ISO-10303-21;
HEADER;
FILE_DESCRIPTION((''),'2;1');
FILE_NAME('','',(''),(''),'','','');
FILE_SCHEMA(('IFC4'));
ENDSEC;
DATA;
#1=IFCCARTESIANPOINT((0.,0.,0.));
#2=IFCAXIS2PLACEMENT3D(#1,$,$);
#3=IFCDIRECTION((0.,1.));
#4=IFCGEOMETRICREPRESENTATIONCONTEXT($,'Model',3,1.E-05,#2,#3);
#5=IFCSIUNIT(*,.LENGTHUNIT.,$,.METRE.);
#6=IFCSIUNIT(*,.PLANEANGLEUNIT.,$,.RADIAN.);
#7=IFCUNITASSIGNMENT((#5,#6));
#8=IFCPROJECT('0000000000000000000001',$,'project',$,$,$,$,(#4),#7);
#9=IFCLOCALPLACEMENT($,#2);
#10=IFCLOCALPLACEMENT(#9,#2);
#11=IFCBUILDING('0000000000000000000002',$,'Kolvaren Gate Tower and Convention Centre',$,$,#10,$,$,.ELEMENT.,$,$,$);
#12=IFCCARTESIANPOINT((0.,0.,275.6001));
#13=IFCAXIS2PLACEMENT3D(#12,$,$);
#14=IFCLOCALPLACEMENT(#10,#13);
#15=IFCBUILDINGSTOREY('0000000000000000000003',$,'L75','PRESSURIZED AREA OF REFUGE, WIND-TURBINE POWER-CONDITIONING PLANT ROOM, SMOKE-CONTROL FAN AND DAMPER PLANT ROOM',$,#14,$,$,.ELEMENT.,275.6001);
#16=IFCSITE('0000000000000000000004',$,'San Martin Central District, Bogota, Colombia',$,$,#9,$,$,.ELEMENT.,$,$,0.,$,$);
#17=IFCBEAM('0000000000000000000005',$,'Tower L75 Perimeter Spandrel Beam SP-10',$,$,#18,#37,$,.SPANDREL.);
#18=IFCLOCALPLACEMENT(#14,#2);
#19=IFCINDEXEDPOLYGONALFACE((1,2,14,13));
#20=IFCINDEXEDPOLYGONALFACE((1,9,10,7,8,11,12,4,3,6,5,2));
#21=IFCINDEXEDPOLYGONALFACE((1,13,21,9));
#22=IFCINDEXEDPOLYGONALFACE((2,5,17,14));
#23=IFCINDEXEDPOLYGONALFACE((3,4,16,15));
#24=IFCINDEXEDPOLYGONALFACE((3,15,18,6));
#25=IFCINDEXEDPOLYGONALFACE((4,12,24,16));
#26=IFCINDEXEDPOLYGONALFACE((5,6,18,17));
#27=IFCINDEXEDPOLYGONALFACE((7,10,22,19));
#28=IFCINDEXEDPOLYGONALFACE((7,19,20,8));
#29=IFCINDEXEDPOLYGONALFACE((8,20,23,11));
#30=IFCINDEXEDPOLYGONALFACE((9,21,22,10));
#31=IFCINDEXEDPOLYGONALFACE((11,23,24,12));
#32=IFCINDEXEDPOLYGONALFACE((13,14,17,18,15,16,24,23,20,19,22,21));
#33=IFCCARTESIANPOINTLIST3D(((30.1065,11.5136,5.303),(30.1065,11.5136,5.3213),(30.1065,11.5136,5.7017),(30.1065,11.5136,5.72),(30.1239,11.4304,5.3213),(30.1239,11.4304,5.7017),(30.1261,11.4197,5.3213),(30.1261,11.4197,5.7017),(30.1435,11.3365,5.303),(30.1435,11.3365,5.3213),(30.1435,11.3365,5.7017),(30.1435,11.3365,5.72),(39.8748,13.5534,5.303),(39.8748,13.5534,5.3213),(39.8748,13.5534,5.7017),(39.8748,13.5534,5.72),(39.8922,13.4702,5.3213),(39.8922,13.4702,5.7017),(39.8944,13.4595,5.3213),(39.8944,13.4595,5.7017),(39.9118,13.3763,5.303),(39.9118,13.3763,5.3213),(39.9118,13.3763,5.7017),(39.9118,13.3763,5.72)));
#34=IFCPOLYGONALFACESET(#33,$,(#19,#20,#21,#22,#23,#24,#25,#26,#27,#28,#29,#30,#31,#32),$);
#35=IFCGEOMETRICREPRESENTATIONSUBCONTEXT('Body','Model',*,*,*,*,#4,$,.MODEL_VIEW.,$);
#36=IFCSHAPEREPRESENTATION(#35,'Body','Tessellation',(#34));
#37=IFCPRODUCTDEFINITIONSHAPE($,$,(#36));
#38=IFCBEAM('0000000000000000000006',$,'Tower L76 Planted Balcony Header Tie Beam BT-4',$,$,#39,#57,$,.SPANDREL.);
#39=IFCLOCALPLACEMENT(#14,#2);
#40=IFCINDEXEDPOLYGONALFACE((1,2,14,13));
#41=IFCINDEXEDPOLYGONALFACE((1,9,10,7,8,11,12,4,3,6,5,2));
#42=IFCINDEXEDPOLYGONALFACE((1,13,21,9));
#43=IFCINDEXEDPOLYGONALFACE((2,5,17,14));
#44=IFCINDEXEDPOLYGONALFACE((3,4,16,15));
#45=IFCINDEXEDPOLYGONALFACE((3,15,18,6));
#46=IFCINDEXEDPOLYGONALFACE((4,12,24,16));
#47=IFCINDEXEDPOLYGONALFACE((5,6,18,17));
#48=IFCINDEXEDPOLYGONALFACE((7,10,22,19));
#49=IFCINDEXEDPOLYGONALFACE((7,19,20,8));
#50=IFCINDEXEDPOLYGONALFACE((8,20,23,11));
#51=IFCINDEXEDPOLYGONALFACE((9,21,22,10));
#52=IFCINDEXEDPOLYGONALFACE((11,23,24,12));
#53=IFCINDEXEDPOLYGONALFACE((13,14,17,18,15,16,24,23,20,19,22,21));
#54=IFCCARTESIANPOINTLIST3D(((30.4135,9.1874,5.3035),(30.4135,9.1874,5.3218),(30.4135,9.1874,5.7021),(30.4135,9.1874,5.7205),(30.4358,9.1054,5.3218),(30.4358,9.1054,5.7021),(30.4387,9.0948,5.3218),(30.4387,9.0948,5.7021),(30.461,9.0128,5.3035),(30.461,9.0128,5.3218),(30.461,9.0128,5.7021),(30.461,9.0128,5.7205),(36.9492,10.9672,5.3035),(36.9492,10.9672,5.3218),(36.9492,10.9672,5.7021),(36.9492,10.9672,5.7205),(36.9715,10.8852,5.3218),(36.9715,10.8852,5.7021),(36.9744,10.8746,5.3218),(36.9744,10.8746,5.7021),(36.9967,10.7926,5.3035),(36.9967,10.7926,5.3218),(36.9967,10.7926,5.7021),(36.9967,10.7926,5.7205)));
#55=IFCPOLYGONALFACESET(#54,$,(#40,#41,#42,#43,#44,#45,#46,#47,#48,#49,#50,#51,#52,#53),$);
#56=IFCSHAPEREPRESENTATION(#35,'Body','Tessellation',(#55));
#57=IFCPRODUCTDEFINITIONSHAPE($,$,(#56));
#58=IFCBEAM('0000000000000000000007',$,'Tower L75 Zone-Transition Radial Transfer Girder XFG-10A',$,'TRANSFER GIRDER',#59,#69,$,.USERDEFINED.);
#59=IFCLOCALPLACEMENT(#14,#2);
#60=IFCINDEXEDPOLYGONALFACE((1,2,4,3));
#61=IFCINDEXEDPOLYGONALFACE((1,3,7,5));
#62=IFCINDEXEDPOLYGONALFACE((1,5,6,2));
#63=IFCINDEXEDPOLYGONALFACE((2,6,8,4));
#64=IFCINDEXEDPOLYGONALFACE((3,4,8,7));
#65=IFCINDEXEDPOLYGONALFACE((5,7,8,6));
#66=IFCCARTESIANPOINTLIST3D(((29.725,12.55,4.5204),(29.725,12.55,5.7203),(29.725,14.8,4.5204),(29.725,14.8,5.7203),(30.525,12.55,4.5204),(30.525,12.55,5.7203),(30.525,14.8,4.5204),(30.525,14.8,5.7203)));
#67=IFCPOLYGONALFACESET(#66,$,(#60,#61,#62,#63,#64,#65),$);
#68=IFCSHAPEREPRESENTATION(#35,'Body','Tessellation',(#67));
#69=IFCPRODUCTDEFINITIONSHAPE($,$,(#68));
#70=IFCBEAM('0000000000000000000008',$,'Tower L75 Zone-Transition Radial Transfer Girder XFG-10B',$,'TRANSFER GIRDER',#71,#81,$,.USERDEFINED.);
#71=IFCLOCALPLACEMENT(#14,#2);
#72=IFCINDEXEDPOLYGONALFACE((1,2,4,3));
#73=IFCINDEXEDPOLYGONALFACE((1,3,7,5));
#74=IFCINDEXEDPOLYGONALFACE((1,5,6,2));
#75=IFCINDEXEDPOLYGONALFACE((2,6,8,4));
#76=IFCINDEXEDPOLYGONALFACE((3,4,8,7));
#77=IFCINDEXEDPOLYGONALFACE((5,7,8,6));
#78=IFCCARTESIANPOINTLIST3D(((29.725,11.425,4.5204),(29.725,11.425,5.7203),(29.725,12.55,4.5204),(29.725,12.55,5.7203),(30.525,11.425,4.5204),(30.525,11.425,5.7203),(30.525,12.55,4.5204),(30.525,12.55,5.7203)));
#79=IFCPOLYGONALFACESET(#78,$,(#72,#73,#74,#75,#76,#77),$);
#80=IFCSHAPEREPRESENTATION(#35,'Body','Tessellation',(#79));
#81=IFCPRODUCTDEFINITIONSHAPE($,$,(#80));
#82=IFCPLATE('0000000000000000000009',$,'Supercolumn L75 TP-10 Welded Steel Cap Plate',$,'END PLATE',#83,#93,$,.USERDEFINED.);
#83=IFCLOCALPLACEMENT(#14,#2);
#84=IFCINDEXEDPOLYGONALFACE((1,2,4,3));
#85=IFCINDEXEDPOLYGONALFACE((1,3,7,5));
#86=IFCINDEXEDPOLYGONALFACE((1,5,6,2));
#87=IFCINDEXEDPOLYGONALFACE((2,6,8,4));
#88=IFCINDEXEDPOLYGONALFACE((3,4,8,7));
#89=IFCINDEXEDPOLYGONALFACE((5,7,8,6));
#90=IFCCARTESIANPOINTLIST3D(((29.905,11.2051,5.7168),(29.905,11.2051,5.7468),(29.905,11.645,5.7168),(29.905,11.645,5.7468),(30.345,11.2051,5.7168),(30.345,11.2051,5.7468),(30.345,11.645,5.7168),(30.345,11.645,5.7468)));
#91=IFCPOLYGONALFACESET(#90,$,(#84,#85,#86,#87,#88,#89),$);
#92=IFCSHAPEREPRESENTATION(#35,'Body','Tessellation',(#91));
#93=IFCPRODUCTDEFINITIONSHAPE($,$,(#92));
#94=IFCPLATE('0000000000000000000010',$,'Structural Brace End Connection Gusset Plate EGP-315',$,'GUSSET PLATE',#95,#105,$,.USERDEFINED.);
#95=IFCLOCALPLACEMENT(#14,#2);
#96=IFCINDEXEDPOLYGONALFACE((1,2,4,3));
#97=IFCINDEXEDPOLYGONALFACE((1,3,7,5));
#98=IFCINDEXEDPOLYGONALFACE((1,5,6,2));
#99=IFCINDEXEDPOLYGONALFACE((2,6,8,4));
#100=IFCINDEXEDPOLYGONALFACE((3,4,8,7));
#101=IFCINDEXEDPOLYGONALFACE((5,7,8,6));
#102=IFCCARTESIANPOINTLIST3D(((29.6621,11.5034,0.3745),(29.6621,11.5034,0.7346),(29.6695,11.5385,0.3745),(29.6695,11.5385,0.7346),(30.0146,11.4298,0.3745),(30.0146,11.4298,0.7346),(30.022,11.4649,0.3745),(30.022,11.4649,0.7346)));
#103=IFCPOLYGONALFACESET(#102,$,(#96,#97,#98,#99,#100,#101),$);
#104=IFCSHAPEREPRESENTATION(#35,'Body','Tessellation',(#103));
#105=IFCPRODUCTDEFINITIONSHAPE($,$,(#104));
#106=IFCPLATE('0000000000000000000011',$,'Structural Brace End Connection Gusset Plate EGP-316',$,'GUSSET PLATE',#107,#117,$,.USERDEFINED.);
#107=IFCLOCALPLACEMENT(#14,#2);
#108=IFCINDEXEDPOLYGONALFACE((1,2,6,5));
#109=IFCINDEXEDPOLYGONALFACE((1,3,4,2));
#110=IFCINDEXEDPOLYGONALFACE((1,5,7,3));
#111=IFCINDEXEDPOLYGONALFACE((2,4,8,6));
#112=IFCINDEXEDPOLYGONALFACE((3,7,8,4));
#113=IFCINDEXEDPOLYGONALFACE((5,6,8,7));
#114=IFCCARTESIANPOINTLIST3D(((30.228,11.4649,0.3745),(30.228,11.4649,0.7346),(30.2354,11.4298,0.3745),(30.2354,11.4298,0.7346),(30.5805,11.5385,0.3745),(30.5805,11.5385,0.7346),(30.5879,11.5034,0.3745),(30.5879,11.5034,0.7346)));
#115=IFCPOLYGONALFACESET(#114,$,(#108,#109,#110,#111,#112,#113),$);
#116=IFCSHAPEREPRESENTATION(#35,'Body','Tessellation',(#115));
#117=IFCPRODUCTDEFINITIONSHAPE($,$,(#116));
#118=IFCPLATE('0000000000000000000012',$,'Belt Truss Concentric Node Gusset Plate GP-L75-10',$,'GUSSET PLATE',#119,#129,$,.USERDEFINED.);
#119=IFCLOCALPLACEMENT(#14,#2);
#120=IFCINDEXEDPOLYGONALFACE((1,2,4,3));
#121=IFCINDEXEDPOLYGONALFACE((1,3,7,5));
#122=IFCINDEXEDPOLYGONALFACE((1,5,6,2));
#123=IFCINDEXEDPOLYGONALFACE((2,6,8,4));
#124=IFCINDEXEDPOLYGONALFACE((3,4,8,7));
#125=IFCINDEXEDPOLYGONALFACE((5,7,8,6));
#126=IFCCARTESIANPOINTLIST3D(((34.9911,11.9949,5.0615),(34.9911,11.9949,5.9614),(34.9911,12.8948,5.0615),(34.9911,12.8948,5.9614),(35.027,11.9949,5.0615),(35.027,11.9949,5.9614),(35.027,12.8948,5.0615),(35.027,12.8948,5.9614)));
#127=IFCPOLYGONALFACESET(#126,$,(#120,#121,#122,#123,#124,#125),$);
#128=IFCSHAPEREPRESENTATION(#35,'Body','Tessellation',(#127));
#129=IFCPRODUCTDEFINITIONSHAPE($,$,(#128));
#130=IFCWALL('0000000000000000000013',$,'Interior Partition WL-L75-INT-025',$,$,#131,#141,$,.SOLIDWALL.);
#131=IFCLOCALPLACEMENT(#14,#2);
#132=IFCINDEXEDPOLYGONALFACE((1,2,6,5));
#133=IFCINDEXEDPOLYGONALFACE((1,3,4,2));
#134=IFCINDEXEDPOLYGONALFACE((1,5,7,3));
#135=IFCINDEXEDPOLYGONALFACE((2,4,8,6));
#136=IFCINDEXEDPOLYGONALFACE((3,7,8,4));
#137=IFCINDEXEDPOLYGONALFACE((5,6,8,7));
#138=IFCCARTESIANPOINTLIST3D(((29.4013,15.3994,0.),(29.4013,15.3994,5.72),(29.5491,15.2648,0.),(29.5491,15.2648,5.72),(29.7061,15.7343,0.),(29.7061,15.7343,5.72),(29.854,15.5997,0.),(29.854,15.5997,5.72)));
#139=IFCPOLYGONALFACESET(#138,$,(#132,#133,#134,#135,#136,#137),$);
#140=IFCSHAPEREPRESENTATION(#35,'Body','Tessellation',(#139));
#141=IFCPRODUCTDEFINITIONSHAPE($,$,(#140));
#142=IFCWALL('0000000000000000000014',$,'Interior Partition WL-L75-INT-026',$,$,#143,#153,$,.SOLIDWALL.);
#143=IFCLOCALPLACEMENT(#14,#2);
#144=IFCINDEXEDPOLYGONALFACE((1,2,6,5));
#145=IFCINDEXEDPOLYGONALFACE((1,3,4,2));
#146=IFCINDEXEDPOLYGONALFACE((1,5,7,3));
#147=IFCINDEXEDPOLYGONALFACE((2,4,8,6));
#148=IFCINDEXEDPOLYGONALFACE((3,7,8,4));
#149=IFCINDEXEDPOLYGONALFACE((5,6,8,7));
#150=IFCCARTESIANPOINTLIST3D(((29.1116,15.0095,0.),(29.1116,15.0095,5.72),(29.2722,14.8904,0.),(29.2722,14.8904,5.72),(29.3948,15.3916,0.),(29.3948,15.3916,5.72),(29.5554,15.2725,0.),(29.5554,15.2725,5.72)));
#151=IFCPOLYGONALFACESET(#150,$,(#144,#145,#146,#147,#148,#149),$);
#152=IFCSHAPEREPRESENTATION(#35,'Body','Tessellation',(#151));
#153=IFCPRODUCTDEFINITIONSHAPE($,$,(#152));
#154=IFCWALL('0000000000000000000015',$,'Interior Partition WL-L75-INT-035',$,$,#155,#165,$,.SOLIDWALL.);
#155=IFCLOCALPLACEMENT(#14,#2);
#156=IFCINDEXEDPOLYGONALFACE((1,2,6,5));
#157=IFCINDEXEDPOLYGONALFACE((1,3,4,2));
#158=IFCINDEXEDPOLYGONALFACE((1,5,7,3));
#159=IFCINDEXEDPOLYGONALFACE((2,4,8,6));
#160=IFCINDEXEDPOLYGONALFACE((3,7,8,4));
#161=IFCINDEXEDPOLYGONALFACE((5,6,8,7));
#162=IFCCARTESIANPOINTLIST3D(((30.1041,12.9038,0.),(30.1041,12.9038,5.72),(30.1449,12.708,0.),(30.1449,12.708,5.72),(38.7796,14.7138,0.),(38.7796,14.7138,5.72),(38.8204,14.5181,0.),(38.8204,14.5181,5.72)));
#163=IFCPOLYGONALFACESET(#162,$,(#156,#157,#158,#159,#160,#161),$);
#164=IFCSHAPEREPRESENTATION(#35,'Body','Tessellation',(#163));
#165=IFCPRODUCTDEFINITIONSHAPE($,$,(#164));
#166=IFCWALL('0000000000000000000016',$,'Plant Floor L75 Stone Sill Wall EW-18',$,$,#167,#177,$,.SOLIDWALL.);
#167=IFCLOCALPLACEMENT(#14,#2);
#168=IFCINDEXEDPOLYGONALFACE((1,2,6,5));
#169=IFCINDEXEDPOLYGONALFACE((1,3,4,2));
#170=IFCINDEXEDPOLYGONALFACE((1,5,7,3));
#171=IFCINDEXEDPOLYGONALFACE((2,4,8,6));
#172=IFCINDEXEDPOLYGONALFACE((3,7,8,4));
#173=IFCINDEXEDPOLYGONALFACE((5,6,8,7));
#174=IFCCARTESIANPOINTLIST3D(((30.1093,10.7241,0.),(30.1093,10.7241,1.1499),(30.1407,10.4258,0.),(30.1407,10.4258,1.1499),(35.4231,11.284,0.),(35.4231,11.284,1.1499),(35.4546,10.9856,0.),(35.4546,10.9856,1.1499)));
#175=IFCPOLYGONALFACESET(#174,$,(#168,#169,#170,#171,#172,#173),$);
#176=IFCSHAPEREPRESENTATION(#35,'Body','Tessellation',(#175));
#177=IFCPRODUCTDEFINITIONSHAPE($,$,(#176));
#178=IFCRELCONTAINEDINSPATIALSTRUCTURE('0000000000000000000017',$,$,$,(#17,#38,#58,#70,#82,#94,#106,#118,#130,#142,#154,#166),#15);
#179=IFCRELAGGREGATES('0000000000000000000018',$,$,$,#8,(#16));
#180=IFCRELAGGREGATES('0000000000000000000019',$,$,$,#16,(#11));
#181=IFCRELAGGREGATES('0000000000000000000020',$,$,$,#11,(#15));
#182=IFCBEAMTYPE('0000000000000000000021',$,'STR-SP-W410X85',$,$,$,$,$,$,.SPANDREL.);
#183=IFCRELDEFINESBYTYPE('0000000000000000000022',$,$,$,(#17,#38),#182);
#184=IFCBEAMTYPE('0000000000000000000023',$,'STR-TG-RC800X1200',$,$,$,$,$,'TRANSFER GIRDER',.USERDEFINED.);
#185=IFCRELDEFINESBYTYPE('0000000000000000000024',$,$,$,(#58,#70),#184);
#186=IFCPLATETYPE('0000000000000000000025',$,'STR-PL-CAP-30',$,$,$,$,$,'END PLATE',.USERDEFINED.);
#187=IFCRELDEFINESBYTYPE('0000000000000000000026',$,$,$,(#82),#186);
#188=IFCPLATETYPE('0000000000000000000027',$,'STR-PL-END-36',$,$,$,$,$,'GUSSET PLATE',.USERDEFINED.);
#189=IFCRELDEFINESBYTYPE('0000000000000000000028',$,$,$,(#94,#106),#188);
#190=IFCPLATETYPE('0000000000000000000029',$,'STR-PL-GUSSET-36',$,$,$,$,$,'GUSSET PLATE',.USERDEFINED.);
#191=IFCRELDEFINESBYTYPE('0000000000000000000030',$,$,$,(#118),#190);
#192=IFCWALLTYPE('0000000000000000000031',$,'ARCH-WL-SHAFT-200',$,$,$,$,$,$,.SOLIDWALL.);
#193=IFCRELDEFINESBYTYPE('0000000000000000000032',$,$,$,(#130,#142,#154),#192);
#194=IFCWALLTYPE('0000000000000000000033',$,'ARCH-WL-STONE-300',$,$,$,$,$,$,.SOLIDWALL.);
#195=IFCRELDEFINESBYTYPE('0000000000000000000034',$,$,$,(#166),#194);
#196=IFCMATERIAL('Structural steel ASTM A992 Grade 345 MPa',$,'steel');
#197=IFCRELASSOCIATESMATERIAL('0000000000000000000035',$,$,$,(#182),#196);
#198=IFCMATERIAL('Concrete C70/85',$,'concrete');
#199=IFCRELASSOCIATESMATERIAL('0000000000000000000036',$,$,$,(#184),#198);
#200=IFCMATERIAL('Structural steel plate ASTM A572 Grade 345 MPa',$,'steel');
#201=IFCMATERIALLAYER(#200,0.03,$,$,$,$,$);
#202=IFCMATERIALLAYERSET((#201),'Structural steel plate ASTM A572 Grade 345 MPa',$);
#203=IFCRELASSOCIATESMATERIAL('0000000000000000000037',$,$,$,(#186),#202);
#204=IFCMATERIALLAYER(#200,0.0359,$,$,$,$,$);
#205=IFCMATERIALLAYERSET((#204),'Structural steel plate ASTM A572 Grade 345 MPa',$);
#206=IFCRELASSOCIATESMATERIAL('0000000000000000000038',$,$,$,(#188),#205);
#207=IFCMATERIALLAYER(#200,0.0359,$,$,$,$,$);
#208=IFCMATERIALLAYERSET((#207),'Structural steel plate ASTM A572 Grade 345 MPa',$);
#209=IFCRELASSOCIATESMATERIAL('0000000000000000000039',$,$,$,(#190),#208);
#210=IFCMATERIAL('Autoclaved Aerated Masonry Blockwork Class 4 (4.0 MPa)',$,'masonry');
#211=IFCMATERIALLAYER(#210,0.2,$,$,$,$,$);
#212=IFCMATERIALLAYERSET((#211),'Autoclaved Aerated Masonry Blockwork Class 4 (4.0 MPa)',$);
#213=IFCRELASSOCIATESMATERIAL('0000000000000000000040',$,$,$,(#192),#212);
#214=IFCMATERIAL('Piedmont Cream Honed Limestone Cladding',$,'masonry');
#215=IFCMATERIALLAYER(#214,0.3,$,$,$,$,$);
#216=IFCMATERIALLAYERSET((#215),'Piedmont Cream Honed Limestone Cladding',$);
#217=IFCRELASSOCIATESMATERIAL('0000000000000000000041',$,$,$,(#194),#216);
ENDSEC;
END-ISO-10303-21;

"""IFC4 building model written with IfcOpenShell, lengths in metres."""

from ifc_helpers import new_model, si_unit, direction, frame, frame_2d, origin, origin_2d, place, context, subcontext, project, spatial, rectangle, i_section, extrude, material, layer, layer_set, material_profile, profile_set, type_object, element, save


model = new_model("IFC4")

# Units and contexts
model_context = context("Model", 3, precision=1e-05, world=origin(), true_north=direction((0.0, 1.0)))
body_context = subcontext(model_context, "Body", "Model", "MODEL_VIEW")
ifc_project = project(units=[si_unit("LENGTHUNIT", "METRE"), si_unit("PLANEANGLEUNIT", "RADIAN")], contexts=[model_context])

# Site, building, storey
site_placement = place(None, origin())
site = spatial("IfcSite", under=ifc_project, at=site_placement, Name="San Martin Central District, Bogota, Colombia", CompositionType="ELEMENT", RefElevation=0.0)
building_placement = place(site_placement, origin())
building = spatial("IfcBuilding", under=site, at=building_placement, Name="Kolvaren Gate Tower and Convention Centre", CompositionType="ELEMENT")
storey_placement = place(building_placement, frame((0.0, 0.0, 275.6001)))
storey = spatial("IfcBuildingStorey", under=building, at=storey_placement, Name="L75", Description="PRESSURIZED AREA OF REFUGE, WIND-TURBINE POWER-CONDITIONING PLANT ROOM, SMOKE-CONTROL FAN AND DAMPER PLANT ROOM", CompositionType="ELEMENT", Elevation=275.6001)

# Shared definitions
ifc_material_1 = material(Name="Structural steel ASTM A992 Grade 345 MPa", Category="steel")

# Beams
ifc_material_profile_1 = material_profile(ifc_material_1, i_section(OverallWidth=0.1809, OverallDepth=0.417, WebThickness=0.011, FlangeThickness=0.0183, at=origin_2d()), Name="W410X85")
ifc_profile_set_1 = profile_set([ifc_material_profile_1], Name="Structural steel ASTM A992 Grade 345 MPa")
beam_type_1 = type_object("IfcBeamType", Name="STR-SP-W410X85", PredefinedType="SPANDREL", material=ifc_profile_set_1)
beam_1_placement = place(storey_placement, frame((30.125, 11.425, 5.5115), z_axis=(0.978886, 0.204409, 0.0), x_axis=(-0.204409, 0.978886, 0.0)))
element("IfcBeam", 1, at=beam_1_placement, inside=storey, type_object=beam_type_1, Name="Tower L75 Perimeter Spandrel Beam SP-10", PredefinedType="SPANDREL", context=body_context, shape_type="SweptSolid", body=[
    extrude(i_section(OverallWidth=0.1809, OverallDepth=0.417, WebThickness=0.011, FlangeThickness=0.0183, at=origin_2d()), origin(), (0.0, 0.0, 1.0), 9.979),
])
beam_2_placement = place(storey_placement, frame((30.4373, 9.1001, 5.512), z_axis=(0.964864, 0.262751, 0.0), x_axis=(-0.262751, 0.964864, 0.0)))
element("IfcBeam", 2, at=beam_2_placement, inside=storey, type_object=beam_type_1, Name="Tower L76 Planted Balcony Header Tie Beam BT-4", PredefinedType="SPANDREL", context=body_context, shape_type="SweptSolid", body=[
    extrude(i_section(OverallWidth=0.1809, OverallDepth=0.417, WebThickness=0.011, FlangeThickness=0.0183, at=origin_2d()), origin(), (0.0, 0.0, 1.0), 6.7737),
])
ifc_material_2 = material(Name="Concrete C70/85", Category="concrete")
ifc_material_profile_2 = material_profile(ifc_material_2, rectangle(XDim=0.8, YDim=1.2, at=origin_2d()), Name="RC-BM-800X1200")
ifc_profile_set_2 = profile_set([ifc_material_profile_2], Name="Concrete C70/85")
beam_type_2 = type_object("IfcBeamType", Name="STR-TG-RC800X1200", ElementType="TRANSFER GIRDER", PredefinedType="USERDEFINED", material=ifc_profile_set_2)
beam_3_placement = place(storey_placement, frame((30.125, 14.8, 5.1204), z_axis=(0.0, -1.0, 0.0), x_axis=(1.0, 0.0, 0.0)))
element("IfcBeam", 3, at=beam_3_placement, inside=storey, type_object=beam_type_2, Name="Tower L75 Zone-Transition Radial Transfer Girder XFG-10A", ObjectType="TRANSFER GIRDER", PredefinedType="USERDEFINED", context=body_context, shape_type="SweptSolid", body=[
    extrude(rectangle(XDim=0.8, YDim=1.2, at=origin_2d()), origin(), (0.0, 0.0, 1.0), 2.25),
])
beam_4_placement = place(storey_placement, frame((30.125, 12.55, 5.1204), z_axis=(0.0, -1.0, 0.0), x_axis=(1.0, 0.0, 0.0)))
element("IfcBeam", 4, at=beam_4_placement, inside=storey, type_object=beam_type_2, Name="Tower L75 Zone-Transition Radial Transfer Girder XFG-10B", ObjectType="TRANSFER GIRDER", PredefinedType="USERDEFINED", context=body_context, shape_type="SweptSolid", body=[
    extrude(rectangle(XDim=0.8, YDim=1.2, at=origin_2d()), origin(), (0.0, 0.0, 1.0), 1.125),
])

# Plates
ifc_material_3 = material(Name="Structural steel plate ASTM A572 Grade 345 MPa", Category="steel")
ifc_layer_1 = layer(ifc_material_3, 0.03)
ifc_layer_set_1 = layer_set([ifc_layer_1], Name="Structural steel plate ASTM A572 Grade 345 MPa")
plate_type_1 = type_object("IfcPlateType", Name="STR-PL-CAP-30", ElementType="END PLATE", PredefinedType="USERDEFINED", material=ifc_layer_set_1)
plate_1_placement = place(storey_placement, frame((30.125, 11.425, 5.7168), z_axis=(0.0, 0.0, 1.0), x_axis=(1.0, 0.0, 0.0)))
element("IfcPlate", 5, at=plate_1_placement, inside=storey, type_object=plate_type_1, Name="Supercolumn L75 TP-10 Welded Steel Cap Plate", ObjectType="END PLATE", PredefinedType="USERDEFINED", context=body_context, shape_type="SweptSolid", body=[
    extrude(rectangle(XDim=0.4399, YDim=0.4399, at=origin_2d()), origin(), (0.0, 0.0, 1.0), 0.03),
])
ifc_layer_2 = layer(ifc_material_3, 0.0359)
ifc_layer_set_2 = layer_set([ifc_layer_2], Name="Structural steel plate ASTM A572 Grade 345 MPa")
plate_type_2 = type_object("IfcPlateType", Name="STR-PL-END-36", ElementType="GUSSET PLATE", PredefinedType="USERDEFINED", material=ifc_layer_set_2)
for number, where, z_axis, x_axis, name in (
    (6, (29.842, 11.4841, 0.3745), (0.0, 0.0, 1.0), (-0.978885, 0.204411, 0.0), "Structural Brace End Connection Gusset Plate EGP-315"),
    (7, (30.408, 11.4841, 0.3745), (0.0, 0.0, 1.0), (0.978885, 0.204411, 0.0), "Structural Brace End Connection Gusset Plate EGP-316"),
):
    element("IfcPlate", number, at=place(storey_placement, frame(where, z_axis=z_axis, x_axis=x_axis)), inside=storey, type_object=plate_type_2, Name=name, ObjectType="GUSSET PLATE", PredefinedType="USERDEFINED", context=body_context, shape_type="SweptSolid", body=[
        extrude(rectangle(XDim=0.3601, YDim=0.0359, at=origin_2d()), origin(), (0.0, 0.0, 1.0), 0.3601),
    ])
ifc_layer_3 = layer(ifc_material_3, 0.0359)
ifc_layer_set_3 = layer_set([ifc_layer_3], Name="Structural steel plate ASTM A572 Grade 345 MPa")
plate_type_3 = type_object("IfcPlateType", Name="STR-PL-GUSSET-36", ElementType="GUSSET PLATE", PredefinedType="USERDEFINED", material=ifc_layer_set_3)
plate_2_placement = place(storey_placement, frame((35.009, 12.4448, 5.0615), z_axis=(0.0, 0.0, 1.0), x_axis=(0.0, -1.0, 0.0)))
element("IfcPlate", 8, at=plate_2_placement, inside=storey, type_object=plate_type_3, Name="Belt Truss Concentric Node Gusset Plate GP-L75-10", ObjectType="GUSSET PLATE", PredefinedType="USERDEFINED", context=body_context, shape_type="SweptSolid", body=[
    extrude(rectangle(XDim=0.8999, YDim=0.0359, at=origin_2d()), origin(), (0.0, 0.0, 1.0), 0.8999),
])

# Walls
ifc_material_4 = material(Name="Autoclaved Aerated Masonry Blockwork Class 4 (4.0 MPa)", Category="masonry")
ifc_layer_4 = layer(ifc_material_4, 0.2)
ifc_layer_set_4 = layer_set([ifc_layer_4], Name="Autoclaved Aerated Masonry Blockwork Class 4 (4.0 MPa)")
wall_type_1 = type_object("IfcWallType", Name="ARCH-WL-SHAFT-200", PredefinedType="SOLIDWALL", material=ifc_layer_set_4)
wall_1_placement = place(storey_placement, frame((29.4751, 15.332, 0.0), z_axis=(0.0, 0.0, 1.0), x_axis=(0.673182, 0.739477, 0.0)))
element("IfcWall", 9, at=wall_1_placement, inside=storey, type_object=wall_type_1, Name="Interior Partition WL-L75-INT-025", PredefinedType="SOLIDWALL", context=body_context, shape_type="SweptSolid", body=[
    extrude(rectangle(XDim=0.4529, YDim=0.2, at=frame_2d((0.2266, 0.0))), origin(), (0.0, 0.0, 1.0), 5.72),
])
wall_2_placement = place(storey_placement, frame((29.1919, 14.95, 0.0), z_axis=(0.0, 0.0, 1.0), x_axis=(0.595473, 0.803375, 0.0)))
element("IfcWall", 10, at=wall_2_placement, inside=storey, type_object=wall_type_1, Name="Interior Partition WL-L75-INT-026", PredefinedType="SOLIDWALL", context=body_context, shape_type="SweptSolid", body=[
    extrude(rectangle(XDim=0.4756, YDim=0.2, at=frame_2d((0.2378, 0.0))), origin(), (0.0, 0.0, 1.0), 5.72),
])
wall_3_placement = place(storey_placement, frame((30.1245, 12.8059, 0.0), z_axis=(0.0, 0.0, 1.0), x_axis=(0.978921, 0.204241, 0.0)))
element("IfcWall", 11, at=wall_3_placement, inside=storey, type_object=wall_type_1, Name="Interior Partition WL-L75-INT-035", PredefinedType="SOLIDWALL", context=body_context, shape_type="SweptSolid", body=[
    extrude(rectangle(XDim=8.8623, YDim=0.2, at=frame_2d((4.4312, 0.0))), origin(), (0.0, 0.0, 1.0), 5.72),
])
ifc_material_5 = material(Name="Piedmont Cream Honed Limestone Cladding", Category="masonry")
ifc_layer_5 = layer(ifc_material_5, 0.3)
ifc_layer_set_5 = layer_set([ifc_layer_5], Name="Piedmont Cream Honed Limestone Cladding")
wall_type_2 = type_object("IfcWallType", Name="ARCH-WL-STONE-300", PredefinedType="SOLIDWALL", material=ifc_layer_set_5)
wall_4_placement = place(storey_placement, frame((30.125, 10.575, 0.0), z_axis=(0.0, 0.0, 1.0), x_axis=(0.994497, 0.104768, 0.0)))
element("IfcWall", 12, at=wall_4_placement, inside=storey, type_object=wall_type_2, Name="Plant Floor L75 Stone Sill Wall EW-18", PredefinedType="SOLIDWALL", context=body_context, shape_type="SweptSolid", body=[
    extrude(rectangle(XDim=5.3433, YDim=0.3, at=frame_2d((2.6716, 0.0))), origin(), (0.0, 0.0, 1.0), 1.1499),
])

save(model, "model.ifc")
